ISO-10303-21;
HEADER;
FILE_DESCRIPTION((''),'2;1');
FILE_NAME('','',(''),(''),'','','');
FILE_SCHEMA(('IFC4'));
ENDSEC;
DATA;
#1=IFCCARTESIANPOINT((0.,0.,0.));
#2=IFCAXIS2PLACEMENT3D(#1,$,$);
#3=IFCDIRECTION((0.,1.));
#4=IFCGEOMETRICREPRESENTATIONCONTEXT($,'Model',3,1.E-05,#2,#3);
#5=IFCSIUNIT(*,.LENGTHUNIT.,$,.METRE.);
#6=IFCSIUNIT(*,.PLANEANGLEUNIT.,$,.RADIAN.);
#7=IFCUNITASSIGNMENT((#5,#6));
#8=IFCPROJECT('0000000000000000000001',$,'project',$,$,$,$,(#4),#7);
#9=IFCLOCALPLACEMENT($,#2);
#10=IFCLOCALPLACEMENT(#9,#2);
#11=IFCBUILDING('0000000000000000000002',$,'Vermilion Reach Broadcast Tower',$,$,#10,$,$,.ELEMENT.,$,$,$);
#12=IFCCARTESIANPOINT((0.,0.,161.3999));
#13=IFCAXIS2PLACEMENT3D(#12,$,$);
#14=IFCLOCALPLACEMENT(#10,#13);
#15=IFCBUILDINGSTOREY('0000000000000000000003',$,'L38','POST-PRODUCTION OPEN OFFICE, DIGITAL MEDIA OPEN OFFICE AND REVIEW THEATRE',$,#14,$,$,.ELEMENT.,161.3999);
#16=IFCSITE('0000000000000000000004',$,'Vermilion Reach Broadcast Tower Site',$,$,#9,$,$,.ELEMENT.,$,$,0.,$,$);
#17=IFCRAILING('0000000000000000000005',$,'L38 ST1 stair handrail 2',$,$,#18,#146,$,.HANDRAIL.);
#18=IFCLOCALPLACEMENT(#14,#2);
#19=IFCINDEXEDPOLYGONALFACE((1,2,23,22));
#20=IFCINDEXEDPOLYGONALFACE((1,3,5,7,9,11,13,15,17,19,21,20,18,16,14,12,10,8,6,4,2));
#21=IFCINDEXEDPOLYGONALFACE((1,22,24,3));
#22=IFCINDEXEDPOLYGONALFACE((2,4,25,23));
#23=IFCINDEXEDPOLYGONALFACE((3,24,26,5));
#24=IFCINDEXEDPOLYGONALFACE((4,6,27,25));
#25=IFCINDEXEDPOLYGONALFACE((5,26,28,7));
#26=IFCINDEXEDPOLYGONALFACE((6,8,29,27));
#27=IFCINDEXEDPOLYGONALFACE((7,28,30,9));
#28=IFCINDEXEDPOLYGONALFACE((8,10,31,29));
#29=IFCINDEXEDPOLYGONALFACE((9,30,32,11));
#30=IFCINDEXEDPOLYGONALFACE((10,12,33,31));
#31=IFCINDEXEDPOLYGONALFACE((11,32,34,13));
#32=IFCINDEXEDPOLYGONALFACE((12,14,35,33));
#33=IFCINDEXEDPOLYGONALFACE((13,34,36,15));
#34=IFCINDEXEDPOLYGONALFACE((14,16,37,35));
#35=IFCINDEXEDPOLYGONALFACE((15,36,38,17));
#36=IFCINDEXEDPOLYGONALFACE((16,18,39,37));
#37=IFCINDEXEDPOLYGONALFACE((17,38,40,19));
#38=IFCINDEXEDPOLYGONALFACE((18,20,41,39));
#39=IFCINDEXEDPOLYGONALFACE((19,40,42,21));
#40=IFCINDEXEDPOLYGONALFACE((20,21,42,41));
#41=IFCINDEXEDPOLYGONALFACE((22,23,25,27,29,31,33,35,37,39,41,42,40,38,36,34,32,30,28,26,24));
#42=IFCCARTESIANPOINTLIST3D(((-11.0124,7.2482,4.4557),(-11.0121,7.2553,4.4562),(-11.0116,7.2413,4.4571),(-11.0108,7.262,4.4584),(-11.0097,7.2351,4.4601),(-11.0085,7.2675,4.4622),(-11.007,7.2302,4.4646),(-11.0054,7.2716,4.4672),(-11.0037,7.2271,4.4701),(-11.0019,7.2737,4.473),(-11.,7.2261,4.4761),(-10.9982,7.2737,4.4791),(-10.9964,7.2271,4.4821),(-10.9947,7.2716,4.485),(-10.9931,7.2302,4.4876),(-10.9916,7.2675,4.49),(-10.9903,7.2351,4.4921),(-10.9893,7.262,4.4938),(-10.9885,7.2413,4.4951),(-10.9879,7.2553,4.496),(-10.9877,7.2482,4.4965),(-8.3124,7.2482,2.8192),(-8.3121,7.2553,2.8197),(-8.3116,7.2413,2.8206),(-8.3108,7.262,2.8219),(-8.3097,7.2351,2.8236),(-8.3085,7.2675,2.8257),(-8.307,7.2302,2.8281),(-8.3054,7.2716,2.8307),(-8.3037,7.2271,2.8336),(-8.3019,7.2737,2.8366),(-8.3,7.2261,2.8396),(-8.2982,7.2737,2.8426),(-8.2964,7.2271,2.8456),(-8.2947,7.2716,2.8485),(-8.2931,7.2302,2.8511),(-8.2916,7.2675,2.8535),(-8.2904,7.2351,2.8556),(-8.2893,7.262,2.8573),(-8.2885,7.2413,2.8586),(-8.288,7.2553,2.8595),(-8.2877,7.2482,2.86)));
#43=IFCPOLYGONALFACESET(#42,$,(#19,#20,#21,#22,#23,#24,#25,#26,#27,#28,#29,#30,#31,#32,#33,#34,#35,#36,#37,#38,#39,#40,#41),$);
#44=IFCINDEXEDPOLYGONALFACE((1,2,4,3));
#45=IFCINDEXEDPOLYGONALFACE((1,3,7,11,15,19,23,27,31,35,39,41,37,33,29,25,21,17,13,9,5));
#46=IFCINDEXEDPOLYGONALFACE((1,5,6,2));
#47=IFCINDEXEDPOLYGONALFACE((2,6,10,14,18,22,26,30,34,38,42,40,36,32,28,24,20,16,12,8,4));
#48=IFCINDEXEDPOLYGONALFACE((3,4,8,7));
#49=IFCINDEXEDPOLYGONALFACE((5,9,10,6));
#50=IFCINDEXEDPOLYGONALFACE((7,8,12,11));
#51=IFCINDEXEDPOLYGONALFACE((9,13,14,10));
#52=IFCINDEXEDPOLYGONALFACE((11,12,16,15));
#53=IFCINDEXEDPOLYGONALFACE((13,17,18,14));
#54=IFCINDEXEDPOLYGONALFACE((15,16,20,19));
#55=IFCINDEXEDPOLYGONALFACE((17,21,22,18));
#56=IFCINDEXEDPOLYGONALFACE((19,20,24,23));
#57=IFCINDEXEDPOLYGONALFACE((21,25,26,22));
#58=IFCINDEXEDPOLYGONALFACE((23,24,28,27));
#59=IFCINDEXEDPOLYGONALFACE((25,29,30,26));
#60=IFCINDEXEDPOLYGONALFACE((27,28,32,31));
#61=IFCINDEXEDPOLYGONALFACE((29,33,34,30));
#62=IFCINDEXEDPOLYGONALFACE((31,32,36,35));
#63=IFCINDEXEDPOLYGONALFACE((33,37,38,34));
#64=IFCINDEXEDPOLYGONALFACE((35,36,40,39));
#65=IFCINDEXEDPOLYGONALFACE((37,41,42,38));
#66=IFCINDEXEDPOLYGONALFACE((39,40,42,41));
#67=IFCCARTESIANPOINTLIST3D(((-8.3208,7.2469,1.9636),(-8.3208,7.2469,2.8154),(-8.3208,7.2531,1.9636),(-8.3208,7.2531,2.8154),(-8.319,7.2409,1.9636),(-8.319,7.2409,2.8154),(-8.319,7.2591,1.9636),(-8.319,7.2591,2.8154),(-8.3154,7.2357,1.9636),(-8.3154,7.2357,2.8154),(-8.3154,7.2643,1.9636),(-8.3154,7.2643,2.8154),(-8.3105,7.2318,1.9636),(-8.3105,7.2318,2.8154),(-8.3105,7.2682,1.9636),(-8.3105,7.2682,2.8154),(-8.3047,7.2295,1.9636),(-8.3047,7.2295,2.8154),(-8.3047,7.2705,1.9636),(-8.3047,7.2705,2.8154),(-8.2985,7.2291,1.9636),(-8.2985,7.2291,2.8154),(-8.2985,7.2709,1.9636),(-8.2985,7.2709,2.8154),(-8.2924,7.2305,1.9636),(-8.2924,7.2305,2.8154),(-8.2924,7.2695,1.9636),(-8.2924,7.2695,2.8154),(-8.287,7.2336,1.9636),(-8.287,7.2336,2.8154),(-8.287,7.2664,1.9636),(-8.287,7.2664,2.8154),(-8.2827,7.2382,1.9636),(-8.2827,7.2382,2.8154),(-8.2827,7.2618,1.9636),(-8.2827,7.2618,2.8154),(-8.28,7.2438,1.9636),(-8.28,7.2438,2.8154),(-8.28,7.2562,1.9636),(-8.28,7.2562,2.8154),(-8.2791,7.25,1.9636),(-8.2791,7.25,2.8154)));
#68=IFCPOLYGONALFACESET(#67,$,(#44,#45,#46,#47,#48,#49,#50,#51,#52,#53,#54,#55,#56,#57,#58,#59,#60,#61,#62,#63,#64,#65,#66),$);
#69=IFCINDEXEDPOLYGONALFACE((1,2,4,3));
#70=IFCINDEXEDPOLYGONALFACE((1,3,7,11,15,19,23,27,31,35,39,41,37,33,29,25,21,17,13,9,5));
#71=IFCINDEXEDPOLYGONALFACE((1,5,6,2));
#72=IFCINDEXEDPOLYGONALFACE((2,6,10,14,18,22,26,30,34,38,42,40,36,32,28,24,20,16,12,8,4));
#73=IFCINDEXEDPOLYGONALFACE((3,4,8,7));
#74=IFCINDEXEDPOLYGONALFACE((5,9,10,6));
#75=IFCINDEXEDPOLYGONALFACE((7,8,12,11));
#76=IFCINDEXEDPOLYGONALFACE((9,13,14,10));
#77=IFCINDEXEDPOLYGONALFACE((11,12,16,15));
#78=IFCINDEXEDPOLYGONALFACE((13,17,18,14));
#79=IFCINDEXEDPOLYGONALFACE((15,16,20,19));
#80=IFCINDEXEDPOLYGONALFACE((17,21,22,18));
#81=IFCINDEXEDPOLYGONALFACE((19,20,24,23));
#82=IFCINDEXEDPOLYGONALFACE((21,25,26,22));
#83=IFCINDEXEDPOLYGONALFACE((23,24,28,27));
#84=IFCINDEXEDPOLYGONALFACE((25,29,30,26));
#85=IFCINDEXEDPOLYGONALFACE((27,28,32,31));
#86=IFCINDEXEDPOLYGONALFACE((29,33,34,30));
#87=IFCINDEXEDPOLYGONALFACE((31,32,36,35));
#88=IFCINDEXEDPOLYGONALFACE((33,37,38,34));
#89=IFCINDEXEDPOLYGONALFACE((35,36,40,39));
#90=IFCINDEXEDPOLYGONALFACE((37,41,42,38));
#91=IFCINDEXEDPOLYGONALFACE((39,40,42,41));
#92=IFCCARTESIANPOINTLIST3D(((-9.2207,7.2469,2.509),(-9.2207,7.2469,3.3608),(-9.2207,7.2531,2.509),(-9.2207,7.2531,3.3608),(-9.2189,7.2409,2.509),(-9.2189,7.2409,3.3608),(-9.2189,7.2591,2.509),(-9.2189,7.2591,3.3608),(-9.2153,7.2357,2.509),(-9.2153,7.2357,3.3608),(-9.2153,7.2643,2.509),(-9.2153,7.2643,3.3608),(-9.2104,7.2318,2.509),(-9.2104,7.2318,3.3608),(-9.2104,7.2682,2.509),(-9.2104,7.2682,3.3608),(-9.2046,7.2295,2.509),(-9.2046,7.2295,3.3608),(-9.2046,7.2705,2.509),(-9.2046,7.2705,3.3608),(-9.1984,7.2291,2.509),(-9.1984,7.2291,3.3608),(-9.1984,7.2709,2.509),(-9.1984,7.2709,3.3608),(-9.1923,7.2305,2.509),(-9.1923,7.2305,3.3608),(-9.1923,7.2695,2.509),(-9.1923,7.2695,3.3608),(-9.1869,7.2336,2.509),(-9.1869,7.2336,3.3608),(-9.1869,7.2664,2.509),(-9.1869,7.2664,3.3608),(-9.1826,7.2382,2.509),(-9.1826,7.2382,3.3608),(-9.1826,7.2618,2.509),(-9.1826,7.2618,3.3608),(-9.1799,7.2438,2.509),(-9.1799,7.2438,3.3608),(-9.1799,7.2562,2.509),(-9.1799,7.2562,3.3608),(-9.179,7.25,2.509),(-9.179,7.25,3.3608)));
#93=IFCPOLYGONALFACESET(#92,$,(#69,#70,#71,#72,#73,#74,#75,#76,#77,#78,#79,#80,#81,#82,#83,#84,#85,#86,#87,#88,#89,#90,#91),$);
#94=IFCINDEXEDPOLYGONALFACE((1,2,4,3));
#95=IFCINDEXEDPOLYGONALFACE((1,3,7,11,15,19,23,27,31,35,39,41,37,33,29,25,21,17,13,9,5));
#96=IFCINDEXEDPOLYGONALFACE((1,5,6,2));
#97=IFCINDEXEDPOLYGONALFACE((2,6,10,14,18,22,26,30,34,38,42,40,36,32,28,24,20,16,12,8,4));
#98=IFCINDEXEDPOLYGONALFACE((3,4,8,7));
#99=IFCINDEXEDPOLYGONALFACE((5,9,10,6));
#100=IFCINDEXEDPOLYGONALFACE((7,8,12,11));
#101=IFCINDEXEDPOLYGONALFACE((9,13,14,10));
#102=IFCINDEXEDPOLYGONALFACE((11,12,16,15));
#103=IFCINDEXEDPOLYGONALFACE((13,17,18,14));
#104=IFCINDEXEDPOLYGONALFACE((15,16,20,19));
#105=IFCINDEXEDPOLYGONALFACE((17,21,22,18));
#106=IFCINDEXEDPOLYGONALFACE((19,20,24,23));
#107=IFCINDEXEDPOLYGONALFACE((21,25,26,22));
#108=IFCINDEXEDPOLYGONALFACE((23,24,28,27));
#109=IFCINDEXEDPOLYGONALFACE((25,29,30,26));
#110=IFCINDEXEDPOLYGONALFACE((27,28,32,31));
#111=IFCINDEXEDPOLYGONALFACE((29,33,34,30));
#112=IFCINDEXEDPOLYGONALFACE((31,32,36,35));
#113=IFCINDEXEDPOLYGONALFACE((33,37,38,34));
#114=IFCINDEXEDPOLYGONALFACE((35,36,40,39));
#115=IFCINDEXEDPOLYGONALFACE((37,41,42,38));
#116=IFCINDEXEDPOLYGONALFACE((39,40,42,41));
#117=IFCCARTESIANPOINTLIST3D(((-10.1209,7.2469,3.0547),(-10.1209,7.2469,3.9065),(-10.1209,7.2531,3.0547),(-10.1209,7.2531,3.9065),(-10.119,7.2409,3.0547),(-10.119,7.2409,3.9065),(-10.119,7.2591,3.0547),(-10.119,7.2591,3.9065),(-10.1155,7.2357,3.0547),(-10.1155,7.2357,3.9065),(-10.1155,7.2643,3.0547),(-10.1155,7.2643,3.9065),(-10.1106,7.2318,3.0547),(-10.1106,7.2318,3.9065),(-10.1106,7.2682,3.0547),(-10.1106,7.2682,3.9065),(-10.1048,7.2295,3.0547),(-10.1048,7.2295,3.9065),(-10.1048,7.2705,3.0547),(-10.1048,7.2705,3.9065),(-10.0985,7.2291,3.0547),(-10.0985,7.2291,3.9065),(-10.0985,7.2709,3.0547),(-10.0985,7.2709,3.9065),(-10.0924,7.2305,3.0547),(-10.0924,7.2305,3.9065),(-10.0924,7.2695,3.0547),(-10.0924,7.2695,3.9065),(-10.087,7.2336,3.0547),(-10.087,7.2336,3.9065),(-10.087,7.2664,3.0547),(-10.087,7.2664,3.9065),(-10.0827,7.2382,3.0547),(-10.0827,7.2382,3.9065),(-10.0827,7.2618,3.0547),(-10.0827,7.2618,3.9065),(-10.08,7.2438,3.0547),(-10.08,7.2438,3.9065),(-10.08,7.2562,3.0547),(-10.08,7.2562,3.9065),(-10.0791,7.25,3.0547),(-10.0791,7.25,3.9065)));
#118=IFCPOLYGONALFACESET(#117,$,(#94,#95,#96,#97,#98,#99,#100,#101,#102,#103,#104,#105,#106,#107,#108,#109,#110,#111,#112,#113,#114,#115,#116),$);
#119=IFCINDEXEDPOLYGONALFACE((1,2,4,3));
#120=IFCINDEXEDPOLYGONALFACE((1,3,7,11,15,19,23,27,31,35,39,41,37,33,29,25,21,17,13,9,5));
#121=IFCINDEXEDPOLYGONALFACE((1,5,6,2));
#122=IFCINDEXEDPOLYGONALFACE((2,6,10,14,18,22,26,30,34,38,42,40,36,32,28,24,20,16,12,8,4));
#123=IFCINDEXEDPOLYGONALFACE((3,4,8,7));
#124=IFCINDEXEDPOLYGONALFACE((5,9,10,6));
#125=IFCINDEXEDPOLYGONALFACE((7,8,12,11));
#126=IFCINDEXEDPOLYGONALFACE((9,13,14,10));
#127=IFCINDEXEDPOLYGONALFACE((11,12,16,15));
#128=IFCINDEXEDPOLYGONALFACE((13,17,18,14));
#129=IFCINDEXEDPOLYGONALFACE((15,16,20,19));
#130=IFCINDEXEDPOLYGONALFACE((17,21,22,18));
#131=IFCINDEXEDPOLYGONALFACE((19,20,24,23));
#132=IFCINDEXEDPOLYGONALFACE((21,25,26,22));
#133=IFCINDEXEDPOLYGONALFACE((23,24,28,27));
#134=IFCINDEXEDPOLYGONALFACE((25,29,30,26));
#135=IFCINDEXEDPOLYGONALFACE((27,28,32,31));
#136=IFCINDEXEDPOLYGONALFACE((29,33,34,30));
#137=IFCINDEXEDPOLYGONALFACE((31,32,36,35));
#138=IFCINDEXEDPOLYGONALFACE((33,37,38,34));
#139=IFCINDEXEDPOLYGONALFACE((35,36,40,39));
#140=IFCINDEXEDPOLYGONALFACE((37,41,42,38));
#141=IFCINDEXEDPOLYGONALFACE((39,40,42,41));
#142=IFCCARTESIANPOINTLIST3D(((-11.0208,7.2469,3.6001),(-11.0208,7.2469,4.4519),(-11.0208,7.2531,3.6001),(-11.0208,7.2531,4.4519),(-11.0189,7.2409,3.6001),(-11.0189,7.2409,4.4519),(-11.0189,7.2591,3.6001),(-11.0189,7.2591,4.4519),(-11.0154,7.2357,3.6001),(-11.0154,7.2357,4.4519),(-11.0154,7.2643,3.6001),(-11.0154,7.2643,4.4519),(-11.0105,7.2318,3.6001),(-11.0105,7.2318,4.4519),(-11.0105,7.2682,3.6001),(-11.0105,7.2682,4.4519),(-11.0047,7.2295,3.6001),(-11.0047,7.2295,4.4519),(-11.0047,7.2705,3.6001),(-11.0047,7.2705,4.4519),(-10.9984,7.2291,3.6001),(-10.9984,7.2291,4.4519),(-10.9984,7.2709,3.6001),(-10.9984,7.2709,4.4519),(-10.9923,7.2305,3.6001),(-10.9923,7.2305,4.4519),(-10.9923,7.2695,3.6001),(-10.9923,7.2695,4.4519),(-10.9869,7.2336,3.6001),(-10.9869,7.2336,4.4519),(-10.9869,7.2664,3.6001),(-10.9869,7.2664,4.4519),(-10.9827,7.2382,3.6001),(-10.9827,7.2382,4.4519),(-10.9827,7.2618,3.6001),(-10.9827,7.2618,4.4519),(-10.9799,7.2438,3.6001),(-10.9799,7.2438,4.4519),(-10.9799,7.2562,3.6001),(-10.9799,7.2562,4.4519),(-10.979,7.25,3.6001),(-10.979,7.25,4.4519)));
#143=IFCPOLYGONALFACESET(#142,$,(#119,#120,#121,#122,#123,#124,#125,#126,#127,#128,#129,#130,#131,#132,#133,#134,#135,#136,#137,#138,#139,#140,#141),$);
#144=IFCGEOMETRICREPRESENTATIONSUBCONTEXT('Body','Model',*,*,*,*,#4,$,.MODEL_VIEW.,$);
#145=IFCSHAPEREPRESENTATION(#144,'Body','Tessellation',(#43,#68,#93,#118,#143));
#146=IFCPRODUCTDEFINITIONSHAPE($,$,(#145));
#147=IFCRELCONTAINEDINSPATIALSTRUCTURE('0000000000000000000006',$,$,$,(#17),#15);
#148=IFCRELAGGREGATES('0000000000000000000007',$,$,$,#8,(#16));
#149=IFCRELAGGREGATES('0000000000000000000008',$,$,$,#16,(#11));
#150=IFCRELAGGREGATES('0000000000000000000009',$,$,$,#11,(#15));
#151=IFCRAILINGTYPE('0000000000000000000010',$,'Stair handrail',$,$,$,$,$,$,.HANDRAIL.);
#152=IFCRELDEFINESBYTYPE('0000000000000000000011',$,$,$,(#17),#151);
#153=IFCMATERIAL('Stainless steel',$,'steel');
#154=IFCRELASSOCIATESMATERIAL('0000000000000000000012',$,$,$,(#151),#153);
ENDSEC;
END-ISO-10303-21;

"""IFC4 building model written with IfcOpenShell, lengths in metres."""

from ifc_helpers import new_model, si_unit, direction, frame, origin, origin_2d, place, context, subcontext, project, spatial, circle, extrude, material, type_object, element, save


model = new_model("IFC4")

# Units and contexts
model_context = context("Model", 3, precision=1e-05, world=origin(), true_north=direction((0.0, 1.0)))
body_context = subcontext(model_context, "Body", "Model", "MODEL_VIEW")
ifc_project = project(units=[si_unit("LENGTHUNIT", "METRE"), si_unit("PLANEANGLEUNIT", "RADIAN")], contexts=[model_context])

# Site, building, storey
site_placement = place(None, origin())
site = spatial("IfcSite", under=ifc_project, at=site_placement, Name="Vermilion Reach Broadcast Tower Site", CompositionType="ELEMENT", RefElevation=0.0)
building_placement = place(site_placement, origin())
building = spatial("IfcBuilding", under=site, at=building_placement, Name="Vermilion Reach Broadcast Tower", CompositionType="ELEMENT")
storey_placement = place(building_placement, frame((0.0, 0.0, 161.3999)))
storey = spatial("IfcBuildingStorey", under=building, at=storey_placement, Name="L38", Description="POST-PRODUCTION OPEN OFFICE, DIGITAL MEDIA OPEN OFFICE AND REVIEW THEATRE", CompositionType="ELEMENT", Elevation=161.3999)

# Railing
ifc_material_1 = material(Name="Stainless steel", Category="steel")
railing_type_1 = type_object("IfcRailingType", Name="Stair handrail", PredefinedType="HANDRAIL", material=ifc_material_1)
railing_1_placement = place(storey_placement, frame((-8.3, 7.25, 1.9636)))
element("IfcRailing", 1, at=railing_1_placement, inside=storey, type_object=railing_type_1, Name="L38 ST1 stair handrail 2", PredefinedType="HANDRAIL", context=body_context, shape_type="SweptSolid", body=[
    extrude(circle(Radius=0.0239, at=origin_2d()), frame((0.0, 0.0, 0.876), z_axis=(-0.855178, 0.0, 0.518334), x_axis=(0.0, -1.0, 0.0)), (0.0, 0.0, 1.0), 3.1572),
    extrude(circle(Radius=0.021, at=origin_2d()), origin(), (0.0, 0.0, 1.0), 0.8518),
    extrude(circle(Radius=0.021, at=origin_2d()), frame((-0.8999, 0.0, 0.5454)), (0.0, 0.0, 1.0), 0.8518),
    extrude(circle(Radius=0.021, at=origin_2d()), frame((-1.8, 0.0, 1.0911)), (0.0, 0.0, 1.0), 0.8518),
    extrude(circle(Radius=0.021, at=origin_2d()), frame((-2.7, 0.0, 1.6365)), (0.0, 0.0, 1.0), 0.8518),
])

save(model, "model.ifc")
